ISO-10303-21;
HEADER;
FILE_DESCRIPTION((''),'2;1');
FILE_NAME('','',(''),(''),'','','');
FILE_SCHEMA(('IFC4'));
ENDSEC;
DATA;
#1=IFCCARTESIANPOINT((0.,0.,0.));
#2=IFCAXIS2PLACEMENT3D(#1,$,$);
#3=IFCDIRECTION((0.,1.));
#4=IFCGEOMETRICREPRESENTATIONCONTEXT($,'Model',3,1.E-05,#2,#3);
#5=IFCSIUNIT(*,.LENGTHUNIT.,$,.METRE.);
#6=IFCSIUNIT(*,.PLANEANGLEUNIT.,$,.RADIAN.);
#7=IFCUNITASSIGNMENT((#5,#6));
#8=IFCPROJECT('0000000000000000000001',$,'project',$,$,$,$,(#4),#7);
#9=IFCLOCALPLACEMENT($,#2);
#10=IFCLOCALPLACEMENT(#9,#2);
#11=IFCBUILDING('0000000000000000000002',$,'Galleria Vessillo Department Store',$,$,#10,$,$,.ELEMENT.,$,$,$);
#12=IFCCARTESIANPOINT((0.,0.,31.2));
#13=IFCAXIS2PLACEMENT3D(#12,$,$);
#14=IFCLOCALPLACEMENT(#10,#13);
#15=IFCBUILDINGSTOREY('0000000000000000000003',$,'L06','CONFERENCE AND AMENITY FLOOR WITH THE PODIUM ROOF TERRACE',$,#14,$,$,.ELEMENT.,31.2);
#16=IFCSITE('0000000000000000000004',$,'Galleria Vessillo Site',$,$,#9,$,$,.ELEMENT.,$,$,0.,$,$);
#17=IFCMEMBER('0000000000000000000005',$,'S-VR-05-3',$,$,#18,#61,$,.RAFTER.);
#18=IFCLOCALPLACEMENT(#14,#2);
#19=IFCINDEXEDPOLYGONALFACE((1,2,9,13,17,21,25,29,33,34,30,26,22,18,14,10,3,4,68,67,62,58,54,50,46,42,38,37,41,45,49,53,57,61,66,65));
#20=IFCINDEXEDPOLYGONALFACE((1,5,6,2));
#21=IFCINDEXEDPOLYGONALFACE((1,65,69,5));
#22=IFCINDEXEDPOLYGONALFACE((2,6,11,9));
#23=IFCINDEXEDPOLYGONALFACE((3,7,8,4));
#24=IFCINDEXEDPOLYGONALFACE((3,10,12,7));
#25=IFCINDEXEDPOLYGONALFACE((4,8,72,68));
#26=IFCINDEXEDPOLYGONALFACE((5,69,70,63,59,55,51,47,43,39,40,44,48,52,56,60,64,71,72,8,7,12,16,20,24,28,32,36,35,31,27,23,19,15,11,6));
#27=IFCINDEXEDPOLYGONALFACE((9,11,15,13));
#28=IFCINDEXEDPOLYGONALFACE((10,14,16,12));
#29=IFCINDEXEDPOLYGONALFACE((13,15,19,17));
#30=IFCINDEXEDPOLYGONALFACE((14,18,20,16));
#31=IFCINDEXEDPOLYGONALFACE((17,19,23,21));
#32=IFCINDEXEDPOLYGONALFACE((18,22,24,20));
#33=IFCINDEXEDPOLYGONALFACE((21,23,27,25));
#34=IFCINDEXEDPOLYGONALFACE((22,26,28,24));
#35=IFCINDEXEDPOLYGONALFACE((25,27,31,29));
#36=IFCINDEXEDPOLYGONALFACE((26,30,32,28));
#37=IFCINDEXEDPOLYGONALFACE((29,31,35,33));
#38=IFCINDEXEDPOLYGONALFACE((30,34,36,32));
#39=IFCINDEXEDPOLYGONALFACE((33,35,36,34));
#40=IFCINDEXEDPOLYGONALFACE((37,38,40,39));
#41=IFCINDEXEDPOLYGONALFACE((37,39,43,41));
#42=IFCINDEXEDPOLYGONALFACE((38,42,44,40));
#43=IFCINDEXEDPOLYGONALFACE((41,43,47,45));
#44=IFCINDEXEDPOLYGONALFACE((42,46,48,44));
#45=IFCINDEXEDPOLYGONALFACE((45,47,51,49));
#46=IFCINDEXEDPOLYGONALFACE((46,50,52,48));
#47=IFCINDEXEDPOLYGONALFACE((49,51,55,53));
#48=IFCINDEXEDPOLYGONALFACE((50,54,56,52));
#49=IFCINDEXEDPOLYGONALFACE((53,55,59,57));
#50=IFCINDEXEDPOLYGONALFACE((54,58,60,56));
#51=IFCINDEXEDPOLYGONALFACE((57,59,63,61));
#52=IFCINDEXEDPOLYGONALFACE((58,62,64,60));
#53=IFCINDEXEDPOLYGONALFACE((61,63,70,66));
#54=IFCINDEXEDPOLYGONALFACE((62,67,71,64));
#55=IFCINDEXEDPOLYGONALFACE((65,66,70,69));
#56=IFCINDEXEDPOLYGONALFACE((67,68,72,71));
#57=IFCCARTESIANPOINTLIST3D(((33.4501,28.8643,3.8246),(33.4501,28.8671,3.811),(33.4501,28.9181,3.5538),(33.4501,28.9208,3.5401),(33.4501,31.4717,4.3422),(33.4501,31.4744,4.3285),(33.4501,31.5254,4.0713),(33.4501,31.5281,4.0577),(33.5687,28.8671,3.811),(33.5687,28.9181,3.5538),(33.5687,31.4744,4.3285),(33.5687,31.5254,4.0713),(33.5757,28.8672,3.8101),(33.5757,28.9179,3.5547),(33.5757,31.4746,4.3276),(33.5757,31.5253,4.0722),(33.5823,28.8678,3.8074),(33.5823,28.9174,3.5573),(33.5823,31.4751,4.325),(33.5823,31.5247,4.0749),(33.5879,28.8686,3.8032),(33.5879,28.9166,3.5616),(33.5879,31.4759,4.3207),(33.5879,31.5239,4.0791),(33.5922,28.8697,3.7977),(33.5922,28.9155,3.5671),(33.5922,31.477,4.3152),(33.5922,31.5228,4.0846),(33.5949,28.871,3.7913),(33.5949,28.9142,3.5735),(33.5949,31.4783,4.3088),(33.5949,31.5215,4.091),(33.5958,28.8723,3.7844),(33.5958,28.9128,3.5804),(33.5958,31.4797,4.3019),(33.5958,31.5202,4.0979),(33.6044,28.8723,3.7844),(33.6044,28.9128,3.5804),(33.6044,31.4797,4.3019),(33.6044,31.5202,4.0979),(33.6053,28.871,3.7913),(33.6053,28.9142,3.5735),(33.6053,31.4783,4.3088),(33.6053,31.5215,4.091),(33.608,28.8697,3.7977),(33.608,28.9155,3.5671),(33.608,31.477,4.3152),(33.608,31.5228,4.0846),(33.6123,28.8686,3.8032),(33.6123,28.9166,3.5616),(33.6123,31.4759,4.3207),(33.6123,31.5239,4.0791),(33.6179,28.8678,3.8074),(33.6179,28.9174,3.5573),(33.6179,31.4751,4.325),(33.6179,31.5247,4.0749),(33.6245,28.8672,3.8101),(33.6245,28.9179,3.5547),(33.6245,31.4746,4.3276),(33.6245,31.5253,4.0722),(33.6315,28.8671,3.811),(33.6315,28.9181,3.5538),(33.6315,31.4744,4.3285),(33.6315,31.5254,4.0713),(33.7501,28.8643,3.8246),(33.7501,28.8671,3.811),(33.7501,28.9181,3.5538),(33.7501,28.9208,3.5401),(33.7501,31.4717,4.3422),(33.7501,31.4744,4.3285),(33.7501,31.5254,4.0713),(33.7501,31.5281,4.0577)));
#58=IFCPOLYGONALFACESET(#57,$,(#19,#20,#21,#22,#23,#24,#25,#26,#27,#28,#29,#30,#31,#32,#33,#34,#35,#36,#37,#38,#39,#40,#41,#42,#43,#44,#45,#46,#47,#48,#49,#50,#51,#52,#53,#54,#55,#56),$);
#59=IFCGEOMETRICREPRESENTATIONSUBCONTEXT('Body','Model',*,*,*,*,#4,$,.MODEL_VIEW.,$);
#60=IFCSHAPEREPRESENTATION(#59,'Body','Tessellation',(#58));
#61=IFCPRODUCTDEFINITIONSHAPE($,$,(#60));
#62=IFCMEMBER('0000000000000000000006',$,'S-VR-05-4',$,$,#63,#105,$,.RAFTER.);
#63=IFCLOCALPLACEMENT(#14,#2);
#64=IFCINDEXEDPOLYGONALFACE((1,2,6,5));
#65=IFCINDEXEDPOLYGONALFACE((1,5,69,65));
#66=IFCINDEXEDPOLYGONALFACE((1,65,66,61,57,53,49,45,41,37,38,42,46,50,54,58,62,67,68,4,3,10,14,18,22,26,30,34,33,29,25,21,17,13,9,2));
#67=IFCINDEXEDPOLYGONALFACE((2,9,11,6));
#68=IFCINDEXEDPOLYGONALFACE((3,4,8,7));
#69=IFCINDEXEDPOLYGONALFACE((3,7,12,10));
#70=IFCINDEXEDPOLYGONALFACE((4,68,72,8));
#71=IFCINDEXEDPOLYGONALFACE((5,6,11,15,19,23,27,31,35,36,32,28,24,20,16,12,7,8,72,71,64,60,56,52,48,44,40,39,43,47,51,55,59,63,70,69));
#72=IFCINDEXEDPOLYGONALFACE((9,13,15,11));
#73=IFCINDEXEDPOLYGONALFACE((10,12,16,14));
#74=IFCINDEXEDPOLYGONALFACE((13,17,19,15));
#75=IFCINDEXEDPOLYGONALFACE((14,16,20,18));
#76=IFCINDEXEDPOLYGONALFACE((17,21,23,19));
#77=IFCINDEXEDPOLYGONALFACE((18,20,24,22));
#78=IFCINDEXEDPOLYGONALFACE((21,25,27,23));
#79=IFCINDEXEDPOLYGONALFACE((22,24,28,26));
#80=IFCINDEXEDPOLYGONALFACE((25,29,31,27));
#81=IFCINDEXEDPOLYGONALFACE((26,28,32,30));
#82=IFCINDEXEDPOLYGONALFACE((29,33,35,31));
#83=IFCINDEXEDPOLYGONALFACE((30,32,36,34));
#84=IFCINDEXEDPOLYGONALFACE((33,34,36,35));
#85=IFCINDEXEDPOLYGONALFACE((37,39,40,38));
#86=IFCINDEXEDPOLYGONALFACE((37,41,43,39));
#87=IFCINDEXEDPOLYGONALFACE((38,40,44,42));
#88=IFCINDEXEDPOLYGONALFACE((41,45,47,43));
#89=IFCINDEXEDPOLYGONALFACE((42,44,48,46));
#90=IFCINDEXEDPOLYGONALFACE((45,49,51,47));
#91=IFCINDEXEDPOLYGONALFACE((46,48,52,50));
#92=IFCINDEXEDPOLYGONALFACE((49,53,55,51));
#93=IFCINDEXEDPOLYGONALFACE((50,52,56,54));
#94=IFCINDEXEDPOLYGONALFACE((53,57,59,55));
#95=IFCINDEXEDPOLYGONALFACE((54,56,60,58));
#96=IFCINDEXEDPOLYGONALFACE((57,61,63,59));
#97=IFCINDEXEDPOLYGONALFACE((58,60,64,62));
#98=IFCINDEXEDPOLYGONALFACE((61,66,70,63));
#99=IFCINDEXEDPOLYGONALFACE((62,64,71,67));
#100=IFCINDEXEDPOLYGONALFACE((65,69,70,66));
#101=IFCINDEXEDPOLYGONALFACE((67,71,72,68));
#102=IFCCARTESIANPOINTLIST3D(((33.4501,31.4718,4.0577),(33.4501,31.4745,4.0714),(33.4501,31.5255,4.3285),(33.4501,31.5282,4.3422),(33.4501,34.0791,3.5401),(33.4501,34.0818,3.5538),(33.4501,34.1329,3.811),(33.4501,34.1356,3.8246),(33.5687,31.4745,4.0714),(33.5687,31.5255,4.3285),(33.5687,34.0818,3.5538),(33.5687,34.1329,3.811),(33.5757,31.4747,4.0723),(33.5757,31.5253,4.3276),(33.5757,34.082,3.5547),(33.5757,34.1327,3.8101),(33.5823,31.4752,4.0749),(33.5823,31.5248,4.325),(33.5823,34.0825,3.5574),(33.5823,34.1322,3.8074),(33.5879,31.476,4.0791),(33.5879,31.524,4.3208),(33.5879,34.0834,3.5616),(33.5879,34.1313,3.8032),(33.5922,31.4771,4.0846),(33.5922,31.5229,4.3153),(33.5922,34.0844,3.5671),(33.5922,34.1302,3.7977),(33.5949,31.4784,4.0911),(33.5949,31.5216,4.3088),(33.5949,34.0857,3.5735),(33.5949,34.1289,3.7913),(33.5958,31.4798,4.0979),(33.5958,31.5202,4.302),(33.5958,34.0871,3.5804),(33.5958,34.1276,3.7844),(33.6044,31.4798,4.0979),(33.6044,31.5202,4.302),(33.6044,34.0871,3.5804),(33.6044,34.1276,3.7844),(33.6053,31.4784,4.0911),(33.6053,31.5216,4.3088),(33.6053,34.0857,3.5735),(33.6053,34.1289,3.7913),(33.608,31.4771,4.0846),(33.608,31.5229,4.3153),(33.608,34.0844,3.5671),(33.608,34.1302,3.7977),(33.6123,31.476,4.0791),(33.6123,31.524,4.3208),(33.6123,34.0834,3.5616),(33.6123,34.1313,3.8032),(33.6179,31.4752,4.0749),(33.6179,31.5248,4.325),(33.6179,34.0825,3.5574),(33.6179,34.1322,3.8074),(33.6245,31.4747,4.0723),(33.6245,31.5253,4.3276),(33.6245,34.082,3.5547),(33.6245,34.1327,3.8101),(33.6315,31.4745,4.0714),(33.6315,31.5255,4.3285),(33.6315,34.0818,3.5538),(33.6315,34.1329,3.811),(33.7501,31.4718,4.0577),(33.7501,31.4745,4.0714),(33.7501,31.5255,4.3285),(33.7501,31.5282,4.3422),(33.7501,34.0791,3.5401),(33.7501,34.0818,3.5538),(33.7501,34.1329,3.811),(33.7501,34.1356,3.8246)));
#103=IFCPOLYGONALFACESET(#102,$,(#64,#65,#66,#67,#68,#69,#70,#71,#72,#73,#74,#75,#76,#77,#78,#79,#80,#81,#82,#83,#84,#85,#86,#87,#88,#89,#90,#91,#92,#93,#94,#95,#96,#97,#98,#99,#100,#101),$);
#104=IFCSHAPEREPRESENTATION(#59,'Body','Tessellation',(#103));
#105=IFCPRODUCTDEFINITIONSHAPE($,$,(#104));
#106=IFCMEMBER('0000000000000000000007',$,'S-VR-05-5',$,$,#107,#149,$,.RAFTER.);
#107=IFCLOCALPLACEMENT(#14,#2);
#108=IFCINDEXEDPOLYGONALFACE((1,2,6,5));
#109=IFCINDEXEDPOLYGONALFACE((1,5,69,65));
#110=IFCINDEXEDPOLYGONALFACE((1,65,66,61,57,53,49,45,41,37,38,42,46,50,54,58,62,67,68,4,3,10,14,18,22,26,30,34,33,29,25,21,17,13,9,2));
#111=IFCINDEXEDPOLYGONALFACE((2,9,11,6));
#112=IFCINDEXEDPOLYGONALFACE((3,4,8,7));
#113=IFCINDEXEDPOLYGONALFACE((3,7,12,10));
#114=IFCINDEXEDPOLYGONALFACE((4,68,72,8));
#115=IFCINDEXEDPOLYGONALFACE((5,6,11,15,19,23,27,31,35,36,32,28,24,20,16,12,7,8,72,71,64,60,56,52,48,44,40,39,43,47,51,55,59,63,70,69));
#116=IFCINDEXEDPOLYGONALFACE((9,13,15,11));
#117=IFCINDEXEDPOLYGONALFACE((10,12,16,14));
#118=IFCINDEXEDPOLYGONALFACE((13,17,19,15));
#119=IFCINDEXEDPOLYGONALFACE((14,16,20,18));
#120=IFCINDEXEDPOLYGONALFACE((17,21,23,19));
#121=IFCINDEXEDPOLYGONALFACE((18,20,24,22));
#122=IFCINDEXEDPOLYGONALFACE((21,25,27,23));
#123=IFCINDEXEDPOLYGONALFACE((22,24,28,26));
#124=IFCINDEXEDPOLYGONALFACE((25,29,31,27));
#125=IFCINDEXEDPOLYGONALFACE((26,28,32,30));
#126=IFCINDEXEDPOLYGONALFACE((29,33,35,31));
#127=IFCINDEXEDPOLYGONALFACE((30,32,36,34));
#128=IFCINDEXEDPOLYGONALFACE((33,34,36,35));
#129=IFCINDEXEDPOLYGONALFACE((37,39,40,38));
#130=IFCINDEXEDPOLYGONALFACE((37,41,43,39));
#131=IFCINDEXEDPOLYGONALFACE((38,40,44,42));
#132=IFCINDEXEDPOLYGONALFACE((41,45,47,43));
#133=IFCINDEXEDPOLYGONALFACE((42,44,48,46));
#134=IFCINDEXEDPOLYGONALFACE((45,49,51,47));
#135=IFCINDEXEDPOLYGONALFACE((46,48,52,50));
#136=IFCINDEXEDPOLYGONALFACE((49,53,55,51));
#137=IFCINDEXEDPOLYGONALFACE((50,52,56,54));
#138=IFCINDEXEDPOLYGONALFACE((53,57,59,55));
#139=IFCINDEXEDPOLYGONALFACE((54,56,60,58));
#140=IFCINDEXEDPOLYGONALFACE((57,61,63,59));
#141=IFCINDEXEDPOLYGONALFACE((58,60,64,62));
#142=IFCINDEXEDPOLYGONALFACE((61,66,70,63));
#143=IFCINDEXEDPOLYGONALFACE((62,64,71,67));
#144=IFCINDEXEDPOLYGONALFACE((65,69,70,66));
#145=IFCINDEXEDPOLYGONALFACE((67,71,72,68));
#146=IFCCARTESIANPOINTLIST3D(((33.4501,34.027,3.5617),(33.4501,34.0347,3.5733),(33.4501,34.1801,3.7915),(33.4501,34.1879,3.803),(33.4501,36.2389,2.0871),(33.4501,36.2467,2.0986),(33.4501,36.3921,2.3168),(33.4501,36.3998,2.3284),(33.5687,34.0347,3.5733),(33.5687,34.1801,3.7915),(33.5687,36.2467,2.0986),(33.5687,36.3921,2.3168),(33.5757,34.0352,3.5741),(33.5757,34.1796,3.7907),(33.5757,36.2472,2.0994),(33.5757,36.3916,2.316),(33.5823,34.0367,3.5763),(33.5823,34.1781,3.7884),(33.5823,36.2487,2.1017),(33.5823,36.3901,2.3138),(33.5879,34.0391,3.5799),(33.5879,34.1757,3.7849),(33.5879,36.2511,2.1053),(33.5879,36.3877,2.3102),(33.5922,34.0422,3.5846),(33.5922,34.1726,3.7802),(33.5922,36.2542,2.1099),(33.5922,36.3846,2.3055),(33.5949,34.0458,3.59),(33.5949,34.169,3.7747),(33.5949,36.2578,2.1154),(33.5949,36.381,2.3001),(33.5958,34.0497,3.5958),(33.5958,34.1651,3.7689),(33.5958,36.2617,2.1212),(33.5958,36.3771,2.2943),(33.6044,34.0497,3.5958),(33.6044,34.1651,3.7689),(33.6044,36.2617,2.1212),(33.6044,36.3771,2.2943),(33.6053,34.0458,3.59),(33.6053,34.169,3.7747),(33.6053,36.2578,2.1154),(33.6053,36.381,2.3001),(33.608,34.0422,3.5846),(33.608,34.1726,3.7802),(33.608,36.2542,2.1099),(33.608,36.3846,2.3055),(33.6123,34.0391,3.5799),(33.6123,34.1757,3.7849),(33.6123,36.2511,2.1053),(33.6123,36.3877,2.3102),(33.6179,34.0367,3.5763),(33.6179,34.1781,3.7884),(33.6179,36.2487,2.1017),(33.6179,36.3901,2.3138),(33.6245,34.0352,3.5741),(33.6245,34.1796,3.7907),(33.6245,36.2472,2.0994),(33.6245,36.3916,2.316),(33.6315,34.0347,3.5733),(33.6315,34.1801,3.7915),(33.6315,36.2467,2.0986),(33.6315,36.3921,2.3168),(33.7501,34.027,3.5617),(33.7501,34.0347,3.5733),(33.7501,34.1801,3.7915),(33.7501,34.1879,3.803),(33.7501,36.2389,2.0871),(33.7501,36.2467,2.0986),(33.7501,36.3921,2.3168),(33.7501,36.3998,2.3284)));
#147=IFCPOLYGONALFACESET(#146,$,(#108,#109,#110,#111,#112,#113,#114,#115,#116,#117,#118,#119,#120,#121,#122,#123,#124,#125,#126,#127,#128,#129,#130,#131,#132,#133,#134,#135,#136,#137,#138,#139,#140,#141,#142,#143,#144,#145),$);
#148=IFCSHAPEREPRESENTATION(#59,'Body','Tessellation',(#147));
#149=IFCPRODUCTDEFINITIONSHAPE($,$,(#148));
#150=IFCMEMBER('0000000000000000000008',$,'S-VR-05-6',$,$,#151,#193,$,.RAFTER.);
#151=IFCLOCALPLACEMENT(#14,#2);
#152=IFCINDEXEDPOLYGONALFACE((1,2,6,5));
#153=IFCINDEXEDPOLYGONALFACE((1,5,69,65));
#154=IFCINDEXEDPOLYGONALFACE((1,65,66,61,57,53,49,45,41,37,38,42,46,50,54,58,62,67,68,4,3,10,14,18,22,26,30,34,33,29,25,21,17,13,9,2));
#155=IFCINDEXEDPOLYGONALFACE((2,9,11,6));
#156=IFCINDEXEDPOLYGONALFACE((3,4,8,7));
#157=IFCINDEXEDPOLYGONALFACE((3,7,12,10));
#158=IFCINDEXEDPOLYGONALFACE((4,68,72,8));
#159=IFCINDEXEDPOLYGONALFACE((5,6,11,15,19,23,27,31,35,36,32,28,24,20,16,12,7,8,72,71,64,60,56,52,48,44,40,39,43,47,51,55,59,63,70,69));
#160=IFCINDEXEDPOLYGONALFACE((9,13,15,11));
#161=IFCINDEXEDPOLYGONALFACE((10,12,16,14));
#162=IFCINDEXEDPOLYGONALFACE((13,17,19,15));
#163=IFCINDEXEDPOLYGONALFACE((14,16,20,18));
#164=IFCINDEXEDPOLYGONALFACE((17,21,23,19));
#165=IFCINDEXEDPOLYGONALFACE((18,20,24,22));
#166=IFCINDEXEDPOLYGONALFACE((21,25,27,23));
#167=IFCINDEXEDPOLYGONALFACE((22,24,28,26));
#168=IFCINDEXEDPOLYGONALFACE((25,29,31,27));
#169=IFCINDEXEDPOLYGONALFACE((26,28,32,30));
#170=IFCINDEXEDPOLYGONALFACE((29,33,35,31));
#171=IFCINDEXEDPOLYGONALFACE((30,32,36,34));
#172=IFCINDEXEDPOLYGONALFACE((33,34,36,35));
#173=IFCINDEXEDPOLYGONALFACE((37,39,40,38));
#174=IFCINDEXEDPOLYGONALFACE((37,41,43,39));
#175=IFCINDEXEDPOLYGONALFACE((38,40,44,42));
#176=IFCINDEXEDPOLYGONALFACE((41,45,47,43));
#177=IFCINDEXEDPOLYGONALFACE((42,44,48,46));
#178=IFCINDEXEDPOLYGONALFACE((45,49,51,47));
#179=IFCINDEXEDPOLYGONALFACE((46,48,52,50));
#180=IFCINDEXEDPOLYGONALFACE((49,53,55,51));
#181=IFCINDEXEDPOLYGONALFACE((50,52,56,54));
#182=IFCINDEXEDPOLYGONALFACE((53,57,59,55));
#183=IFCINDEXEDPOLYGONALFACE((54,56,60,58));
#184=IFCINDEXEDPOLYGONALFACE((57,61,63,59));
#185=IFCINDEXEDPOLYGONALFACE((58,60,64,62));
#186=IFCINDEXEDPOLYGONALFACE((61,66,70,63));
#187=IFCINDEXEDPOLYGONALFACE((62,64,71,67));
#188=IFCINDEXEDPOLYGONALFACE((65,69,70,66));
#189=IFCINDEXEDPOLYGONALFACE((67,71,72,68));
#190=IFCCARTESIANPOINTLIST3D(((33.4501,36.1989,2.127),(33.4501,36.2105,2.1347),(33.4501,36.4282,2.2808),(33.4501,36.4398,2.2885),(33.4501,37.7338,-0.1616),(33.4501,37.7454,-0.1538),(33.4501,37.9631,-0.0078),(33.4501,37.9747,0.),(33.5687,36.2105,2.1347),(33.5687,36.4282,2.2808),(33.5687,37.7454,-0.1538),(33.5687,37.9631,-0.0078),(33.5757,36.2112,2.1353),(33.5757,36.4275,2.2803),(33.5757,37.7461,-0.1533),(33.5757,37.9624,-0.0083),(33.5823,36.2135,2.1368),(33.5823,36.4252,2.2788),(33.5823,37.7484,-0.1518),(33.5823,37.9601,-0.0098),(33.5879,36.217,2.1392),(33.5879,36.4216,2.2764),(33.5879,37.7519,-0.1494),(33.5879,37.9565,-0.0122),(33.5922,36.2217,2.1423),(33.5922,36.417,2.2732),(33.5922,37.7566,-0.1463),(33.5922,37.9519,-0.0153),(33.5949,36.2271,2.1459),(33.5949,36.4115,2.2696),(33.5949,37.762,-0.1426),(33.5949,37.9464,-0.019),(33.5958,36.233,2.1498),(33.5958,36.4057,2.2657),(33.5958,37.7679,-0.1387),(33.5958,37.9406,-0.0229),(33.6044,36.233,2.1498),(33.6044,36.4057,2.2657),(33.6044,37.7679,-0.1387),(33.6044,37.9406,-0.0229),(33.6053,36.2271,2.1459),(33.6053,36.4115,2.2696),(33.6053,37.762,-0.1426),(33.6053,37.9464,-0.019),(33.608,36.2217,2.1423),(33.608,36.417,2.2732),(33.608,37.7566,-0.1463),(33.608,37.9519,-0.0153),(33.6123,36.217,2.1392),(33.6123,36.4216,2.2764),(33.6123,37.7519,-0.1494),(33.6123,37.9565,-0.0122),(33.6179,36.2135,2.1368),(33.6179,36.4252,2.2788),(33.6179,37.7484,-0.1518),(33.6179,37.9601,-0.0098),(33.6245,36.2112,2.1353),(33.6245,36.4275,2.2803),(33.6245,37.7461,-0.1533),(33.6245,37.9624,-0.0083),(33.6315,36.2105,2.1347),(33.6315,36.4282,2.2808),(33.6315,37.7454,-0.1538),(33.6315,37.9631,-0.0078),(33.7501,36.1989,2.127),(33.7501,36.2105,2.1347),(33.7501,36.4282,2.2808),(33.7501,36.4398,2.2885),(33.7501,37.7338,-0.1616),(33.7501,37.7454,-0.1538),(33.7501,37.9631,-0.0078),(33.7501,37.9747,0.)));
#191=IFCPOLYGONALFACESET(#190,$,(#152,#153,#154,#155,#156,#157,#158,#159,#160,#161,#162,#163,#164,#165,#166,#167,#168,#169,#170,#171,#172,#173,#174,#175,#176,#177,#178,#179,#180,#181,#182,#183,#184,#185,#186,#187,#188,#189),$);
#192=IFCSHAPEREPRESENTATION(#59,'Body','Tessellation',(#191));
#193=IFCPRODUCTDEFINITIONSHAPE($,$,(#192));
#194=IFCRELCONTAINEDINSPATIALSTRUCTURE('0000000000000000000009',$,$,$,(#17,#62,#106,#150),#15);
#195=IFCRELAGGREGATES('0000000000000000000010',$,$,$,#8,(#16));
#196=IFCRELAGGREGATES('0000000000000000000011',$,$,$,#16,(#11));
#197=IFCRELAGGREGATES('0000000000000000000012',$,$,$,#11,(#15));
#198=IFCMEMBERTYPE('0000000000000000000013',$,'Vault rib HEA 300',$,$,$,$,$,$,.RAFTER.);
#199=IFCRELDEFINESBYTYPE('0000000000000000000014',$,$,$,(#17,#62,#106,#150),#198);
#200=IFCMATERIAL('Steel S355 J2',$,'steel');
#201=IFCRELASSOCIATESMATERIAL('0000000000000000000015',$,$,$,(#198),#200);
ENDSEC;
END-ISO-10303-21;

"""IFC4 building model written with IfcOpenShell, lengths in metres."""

from ifc_helpers import new_model, si_unit, direction, frame, origin, origin_2d, place, context, subcontext, project, spatial, i_section, extrude, material, material_profile, profile_set, type_object, element, save


model = new_model("IFC4")

# Units and contexts
model_context = context("Model", 3, precision=1e-05, world=origin(), true_north=direction((0.0, 1.0)))
body_context = subcontext(model_context, "Body", "Model", "MODEL_VIEW")
ifc_project = project(units=[si_unit("LENGTHUNIT", "METRE"), si_unit("PLANEANGLEUNIT", "RADIAN")], contexts=[model_context])

# Site, building, storey
site_placement = place(None, origin())
site = spatial("IfcSite", under=ifc_project, at=site_placement, Name="Galleria Vessillo Site", CompositionType="ELEMENT", RefElevation=0.0)
building_placement = place(site_placement, origin())
building = spatial("IfcBuilding", under=site, at=building_placement, Name="Galleria Vessillo Department Store", CompositionType="ELEMENT")
storey_placement = place(building_placement, frame((0.0, 0.0, 31.2)))
storey = spatial("IfcBuildingStorey", under=building, at=storey_placement, Name="L06", Description="CONFERENCE AND AMENITY FLOOR WITH THE PODIUM ROOF TERRACE", CompositionType="ELEMENT", Elevation=31.2)

# Members
ifc_material_1 = material(Name="Steel S355 J2", Category="steel")
ifc_material_profile_1 = material_profile(ifc_material_1, i_section(OverallWidth=0.3, OverallDepth=0.29, WebThickness=0.0085, FlangeThickness=0.0139, FilletRadius=0.0271, at=origin_2d()), Name="HEA 300")
ifc_profile_set_1 = profile_set([ifc_material_profile_1], Name="Steel S355 J2")
member_type_1 = type_object("IfcMemberType", Name="Vault rib HEA 300", PredefinedType="RAFTER", material=ifc_profile_set_1)
for number, where, z_axis, x_axis, name in (
    (1, (33.6001, 28.8926, 3.6824), (0.0, 0.980862, 0.194703), (-1.0, 0.0, 0.0), "S-VR-05-3"),
    (2, (33.6001, 31.5, 4.2), (0.0, 0.980862, -0.194703), (-1.0, 0.0, 0.0), "S-VR-05-4"),
):
    element("IfcMember", number, at=place(storey_placement, frame(where, z_axis=z_axis, x_axis=x_axis)), inside=storey, type_object=member_type_1, Name=name, PredefinedType="RAFTER", context=body_context, shape_type="SweptSolid", body=[
        extrude(i_section(OverallWidth=0.3, OverallDepth=0.29, WebThickness=0.0085, FlangeThickness=0.0139, FilletRadius=0.0271, at=origin_2d()), origin(), (0.0, 0.0, 1.0), 2.6582),
    ])
member_1_placement = place(storey_placement, frame((33.6001, 34.1074, 3.6824), z_axis=(0.0, 0.83205, -0.5547), x_axis=(-1.0, 0.0, 0.0)))
element("IfcMember", 3, at=member_1_placement, inside=storey, type_object=member_type_1, Name="S-VR-05-5", PredefinedType="RAFTER", context=body_context, shape_type="SweptSolid", body=[
    extrude(i_section(OverallWidth=0.3, OverallDepth=0.29, WebThickness=0.0085, FlangeThickness=0.0139, FilletRadius=0.0271, at=origin_2d()), origin(), (0.0, 0.0, 1.0), 2.6584),
])
member_2_placement = place(storey_placement, frame((33.6001, 36.3193, 2.2078), z_axis=(0.0, 0.557008, -0.830507), x_axis=(-1.0, 0.0, 0.0)))
element("IfcMember", 4, at=member_2_placement, inside=storey, type_object=member_type_1, Name="S-VR-05-6", PredefinedType="RAFTER", context=body_context, shape_type="SweptSolid", body=[
    extrude(i_section(OverallWidth=0.3, OverallDepth=0.29, WebThickness=0.0085, FlangeThickness=0.0139, FilletRadius=0.0271, at=origin_2d()), origin(), (0.0, 0.0, 1.0), 2.7556),
])

save(model, "model.ifc")
